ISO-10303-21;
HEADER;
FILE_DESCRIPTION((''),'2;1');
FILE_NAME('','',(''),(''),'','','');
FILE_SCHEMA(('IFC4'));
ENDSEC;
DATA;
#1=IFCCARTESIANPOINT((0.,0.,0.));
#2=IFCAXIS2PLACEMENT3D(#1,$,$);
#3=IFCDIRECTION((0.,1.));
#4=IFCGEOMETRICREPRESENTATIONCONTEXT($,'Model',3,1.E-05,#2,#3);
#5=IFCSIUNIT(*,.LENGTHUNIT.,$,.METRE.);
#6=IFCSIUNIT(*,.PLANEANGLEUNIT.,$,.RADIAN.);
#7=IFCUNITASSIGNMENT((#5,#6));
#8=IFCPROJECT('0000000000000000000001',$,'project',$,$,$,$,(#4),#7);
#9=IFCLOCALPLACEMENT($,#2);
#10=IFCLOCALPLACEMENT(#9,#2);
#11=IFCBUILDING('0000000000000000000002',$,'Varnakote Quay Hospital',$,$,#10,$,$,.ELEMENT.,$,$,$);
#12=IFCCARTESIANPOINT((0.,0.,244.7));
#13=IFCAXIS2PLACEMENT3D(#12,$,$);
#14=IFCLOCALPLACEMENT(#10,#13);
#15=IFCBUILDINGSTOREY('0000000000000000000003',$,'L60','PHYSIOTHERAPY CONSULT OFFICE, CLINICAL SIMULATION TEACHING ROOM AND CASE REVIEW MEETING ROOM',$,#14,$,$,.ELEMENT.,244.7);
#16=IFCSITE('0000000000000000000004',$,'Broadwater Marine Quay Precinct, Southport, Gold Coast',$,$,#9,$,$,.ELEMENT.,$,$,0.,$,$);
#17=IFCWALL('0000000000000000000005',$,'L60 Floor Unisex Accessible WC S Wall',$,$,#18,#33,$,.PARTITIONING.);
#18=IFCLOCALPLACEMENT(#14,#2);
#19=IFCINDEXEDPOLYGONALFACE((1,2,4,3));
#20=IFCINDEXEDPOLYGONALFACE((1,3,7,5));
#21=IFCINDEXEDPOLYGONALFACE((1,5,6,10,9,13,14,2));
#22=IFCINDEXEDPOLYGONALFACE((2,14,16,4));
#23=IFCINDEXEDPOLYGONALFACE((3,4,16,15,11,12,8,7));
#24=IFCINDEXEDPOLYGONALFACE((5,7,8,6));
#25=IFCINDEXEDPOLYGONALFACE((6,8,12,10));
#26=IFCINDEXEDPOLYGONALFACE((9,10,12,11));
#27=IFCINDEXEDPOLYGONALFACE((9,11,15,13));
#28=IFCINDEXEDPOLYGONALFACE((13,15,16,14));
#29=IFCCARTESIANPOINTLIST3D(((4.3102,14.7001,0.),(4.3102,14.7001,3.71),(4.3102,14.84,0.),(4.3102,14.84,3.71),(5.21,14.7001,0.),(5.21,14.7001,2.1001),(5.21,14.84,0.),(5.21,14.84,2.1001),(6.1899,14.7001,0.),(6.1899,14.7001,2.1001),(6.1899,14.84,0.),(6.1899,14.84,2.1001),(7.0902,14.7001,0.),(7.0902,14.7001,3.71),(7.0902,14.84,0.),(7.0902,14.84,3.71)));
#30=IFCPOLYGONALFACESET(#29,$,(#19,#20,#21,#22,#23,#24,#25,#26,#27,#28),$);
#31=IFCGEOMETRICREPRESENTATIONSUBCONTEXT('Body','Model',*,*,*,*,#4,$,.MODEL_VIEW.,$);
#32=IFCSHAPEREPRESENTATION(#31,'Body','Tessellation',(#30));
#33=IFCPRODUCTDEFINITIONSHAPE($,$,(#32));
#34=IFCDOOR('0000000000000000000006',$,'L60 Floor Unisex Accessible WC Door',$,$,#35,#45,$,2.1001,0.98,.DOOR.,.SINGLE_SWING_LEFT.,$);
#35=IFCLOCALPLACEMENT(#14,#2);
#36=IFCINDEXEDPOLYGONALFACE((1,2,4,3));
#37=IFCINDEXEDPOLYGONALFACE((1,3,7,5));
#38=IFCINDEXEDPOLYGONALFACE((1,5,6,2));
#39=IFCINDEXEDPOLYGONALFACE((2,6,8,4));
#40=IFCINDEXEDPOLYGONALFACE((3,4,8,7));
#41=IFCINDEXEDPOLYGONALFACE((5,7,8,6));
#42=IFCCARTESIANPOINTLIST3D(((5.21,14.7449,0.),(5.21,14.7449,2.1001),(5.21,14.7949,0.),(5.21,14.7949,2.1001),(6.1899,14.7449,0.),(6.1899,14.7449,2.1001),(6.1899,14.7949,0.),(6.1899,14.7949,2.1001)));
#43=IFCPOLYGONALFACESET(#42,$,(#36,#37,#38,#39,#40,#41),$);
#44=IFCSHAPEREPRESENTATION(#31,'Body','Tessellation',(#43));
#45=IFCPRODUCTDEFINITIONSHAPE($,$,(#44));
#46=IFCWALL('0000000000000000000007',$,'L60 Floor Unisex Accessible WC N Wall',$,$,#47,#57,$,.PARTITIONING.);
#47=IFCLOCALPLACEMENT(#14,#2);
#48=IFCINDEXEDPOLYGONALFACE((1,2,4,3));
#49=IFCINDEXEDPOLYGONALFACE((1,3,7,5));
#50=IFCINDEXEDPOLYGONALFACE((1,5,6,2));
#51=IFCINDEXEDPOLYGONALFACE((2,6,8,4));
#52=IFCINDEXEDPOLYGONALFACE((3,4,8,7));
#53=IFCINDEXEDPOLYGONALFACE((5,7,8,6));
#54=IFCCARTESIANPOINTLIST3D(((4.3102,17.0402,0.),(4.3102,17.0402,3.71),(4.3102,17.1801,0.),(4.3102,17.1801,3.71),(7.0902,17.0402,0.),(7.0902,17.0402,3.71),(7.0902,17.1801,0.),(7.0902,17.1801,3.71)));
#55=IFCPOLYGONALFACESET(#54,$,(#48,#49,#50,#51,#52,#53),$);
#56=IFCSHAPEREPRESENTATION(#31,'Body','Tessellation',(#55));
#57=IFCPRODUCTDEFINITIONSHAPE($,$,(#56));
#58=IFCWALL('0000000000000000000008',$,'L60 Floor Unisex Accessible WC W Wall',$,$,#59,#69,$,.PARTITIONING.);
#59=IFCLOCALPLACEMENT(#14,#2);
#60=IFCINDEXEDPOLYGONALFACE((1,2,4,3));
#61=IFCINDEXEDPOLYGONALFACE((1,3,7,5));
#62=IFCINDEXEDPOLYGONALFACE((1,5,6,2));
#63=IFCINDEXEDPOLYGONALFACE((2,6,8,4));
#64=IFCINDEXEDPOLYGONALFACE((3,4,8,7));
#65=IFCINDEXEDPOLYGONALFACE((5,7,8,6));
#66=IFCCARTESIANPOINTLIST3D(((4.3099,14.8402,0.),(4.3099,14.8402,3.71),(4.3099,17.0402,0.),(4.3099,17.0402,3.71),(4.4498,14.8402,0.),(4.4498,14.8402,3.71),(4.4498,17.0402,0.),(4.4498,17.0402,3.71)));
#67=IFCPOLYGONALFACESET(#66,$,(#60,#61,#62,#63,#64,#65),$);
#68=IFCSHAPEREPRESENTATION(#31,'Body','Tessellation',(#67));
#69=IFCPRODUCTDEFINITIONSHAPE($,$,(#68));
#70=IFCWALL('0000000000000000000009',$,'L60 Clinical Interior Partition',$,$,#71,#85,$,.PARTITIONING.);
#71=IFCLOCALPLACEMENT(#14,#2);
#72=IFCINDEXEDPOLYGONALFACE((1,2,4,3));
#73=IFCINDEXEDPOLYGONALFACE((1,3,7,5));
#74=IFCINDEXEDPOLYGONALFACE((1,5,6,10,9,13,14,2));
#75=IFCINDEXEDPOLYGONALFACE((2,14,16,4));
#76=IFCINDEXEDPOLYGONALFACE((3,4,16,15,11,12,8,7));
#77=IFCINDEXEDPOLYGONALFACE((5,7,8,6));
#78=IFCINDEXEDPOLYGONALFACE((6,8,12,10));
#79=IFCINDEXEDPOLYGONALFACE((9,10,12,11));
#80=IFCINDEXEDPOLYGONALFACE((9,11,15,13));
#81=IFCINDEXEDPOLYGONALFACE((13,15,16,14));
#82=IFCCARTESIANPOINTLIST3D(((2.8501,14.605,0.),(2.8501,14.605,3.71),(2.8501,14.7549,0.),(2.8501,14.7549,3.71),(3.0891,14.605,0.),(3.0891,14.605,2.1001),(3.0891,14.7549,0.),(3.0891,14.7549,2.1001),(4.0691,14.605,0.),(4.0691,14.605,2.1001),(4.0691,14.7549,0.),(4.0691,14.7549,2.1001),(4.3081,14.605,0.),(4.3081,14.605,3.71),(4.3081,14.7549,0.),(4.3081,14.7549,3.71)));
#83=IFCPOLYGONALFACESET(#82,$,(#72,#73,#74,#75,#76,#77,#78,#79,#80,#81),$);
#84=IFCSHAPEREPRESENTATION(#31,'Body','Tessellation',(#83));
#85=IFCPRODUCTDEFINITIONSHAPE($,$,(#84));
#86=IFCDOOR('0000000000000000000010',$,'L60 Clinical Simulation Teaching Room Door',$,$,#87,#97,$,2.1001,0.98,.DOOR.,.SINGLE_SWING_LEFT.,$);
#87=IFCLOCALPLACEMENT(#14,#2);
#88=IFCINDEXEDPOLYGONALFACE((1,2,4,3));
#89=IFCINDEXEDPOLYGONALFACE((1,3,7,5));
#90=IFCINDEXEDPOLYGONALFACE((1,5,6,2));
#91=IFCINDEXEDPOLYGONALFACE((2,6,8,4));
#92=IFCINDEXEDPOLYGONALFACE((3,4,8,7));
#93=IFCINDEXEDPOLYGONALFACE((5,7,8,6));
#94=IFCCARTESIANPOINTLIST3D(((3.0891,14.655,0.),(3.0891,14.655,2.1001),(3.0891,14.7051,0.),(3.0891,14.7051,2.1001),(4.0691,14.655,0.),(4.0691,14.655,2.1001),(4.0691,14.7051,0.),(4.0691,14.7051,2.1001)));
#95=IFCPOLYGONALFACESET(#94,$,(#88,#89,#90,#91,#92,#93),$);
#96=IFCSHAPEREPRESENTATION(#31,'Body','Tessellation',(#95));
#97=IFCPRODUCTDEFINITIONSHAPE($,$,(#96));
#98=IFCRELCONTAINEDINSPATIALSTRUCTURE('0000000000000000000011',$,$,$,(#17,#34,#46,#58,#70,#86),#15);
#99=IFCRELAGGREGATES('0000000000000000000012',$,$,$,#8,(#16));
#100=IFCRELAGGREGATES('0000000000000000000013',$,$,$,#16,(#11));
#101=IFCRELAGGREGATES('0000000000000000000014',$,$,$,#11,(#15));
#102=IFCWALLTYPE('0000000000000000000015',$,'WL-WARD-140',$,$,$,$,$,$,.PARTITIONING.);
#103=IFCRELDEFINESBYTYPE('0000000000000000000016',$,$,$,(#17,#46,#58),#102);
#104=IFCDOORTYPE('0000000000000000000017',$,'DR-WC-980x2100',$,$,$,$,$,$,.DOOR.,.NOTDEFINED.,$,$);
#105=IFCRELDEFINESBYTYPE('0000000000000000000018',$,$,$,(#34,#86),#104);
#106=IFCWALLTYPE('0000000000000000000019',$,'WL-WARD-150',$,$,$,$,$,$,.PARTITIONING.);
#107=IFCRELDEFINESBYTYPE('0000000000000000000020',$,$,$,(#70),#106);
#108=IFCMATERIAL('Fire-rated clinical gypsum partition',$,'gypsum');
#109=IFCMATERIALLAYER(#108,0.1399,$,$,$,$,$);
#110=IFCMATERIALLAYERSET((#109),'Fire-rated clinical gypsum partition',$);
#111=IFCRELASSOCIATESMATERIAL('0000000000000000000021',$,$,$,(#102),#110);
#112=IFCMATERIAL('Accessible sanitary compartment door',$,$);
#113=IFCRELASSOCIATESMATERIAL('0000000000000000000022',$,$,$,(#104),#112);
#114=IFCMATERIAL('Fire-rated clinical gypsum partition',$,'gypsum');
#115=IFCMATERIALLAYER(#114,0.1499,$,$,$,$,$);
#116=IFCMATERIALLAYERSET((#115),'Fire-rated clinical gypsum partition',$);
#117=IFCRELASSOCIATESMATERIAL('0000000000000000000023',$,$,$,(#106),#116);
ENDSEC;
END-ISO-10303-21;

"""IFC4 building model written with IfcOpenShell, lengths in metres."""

from ifc_helpers import new_model, si_unit, direction, frame, frame_2d, origin, place, context, subcontext, project, spatial, rectangle, extrude, material, layer, layer_set, type_object, element, fill, save


model = new_model("IFC4")

# Units and contexts
model_context = context("Model", 3, precision=1e-05, world=origin(), true_north=direction((0.0, 1.0)))
body_context = subcontext(model_context, "Body", "Model", "MODEL_VIEW")
ifc_project = project(units=[si_unit("LENGTHUNIT", "METRE"), si_unit("PLANEANGLEUNIT", "RADIAN")], contexts=[model_context])

# Site, building, storey
site_placement = place(None, origin())
site = spatial("IfcSite", under=ifc_project, at=site_placement, Name="Broadwater Marine Quay Precinct, Southport, Gold Coast", CompositionType="ELEMENT", RefElevation=0.0)
building_placement = place(site_placement, origin())
building = spatial("IfcBuilding", under=site, at=building_placement, Name="Varnakote Quay Hospital", CompositionType="ELEMENT")
storey_placement = place(building_placement, frame((0.0, 0.0, 244.7)))
storey = spatial("IfcBuildingStorey", under=building, at=storey_placement, Name="L60", Description="PHYSIOTHERAPY CONSULT OFFICE, CLINICAL SIMULATION TEACHING ROOM AND CASE REVIEW MEETING ROOM", CompositionType="ELEMENT", Elevation=244.7)

# Wall, opening, door
ifc_material_1 = material(Name="Fire-rated clinical gypsum partition", Category="gypsum")
ifc_layer_1 = layer(ifc_material_1, 0.1399)
ifc_layer_set_1 = layer_set([ifc_layer_1], Name="Fire-rated clinical gypsum partition")
wall_type_1 = type_object("IfcWallType", Name="WL-WARD-140", PredefinedType="PARTITIONING", material=ifc_layer_set_1)
wall_1_placement = place(storey_placement, frame((4.3101, 14.77, 0.0), z_axis=(0.0, 0.0, 1.0), x_axis=(1.0, 0.0, 0.0)))
wall_1 = element("IfcWall", 1, at=wall_1_placement, inside=storey, type_object=wall_type_1, Name="L60 Floor Unisex Accessible WC S Wall", PredefinedType="PARTITIONING", context=body_context, shape_type="SweptSolid", body=[
    extrude(rectangle(XDim=2.78, YDim=0.1399, at=frame_2d((1.3901, 0.0))), origin(), (0.0, 0.0, 1.0), 3.71),
])
opening_1_placement = place(wall_1_placement, frame((0.8999, 0.0, 0.0)))
opening_1 = element("IfcOpeningElement", 2, at=opening_1_placement, cuts=wall_1, PredefinedType="OPENING", context=body_context, shape_type="SweptSolid", body=[
    extrude(rectangle(XDim=0.98, YDim=2.1001, at=frame_2d((0.49, 1.05))), frame((0.0, 0.0798, 0.0), z_axis=(0.0, -1.0, 0.0), x_axis=(1.0, 0.0, 0.0)), (0.0, 0.0, 1.0), 0.1599),
])
ifc_material_2 = material(Name="Accessible sanitary compartment door")
door_type_1 = type_object("IfcDoorType", Name="DR-WC-980x2100", OperationType="NOTDEFINED", PredefinedType="DOOR", material=ifc_material_2)
door_1_placement = place(opening_1_placement, origin())
door_1 = element("IfcDoor", 3, at=door_1_placement, inside=storey, type_object=door_type_1, Name="L60 Floor Unisex Accessible WC Door", OperationType="SINGLE_SWING_LEFT", OverallHeight=2.1001, OverallWidth=0.98, PredefinedType="DOOR", context=body_context, shape_type="SweptSolid", body=[
    extrude(rectangle(XDim=0.98, YDim=2.1001, at=frame_2d((0.49, 1.05))), frame((0.0, 0.0249, 0.0), z_axis=(0.0, -1.0, 0.0), x_axis=(1.0, 0.0, 0.0)), (0.0, 0.0, 1.0), 0.05),
])
fill(opening_1, door_1)

# Walls
wall_2_placement = place(storey_placement, frame((4.3101, 17.1101, 0.0), z_axis=(0.0, 0.0, 1.0), x_axis=(1.0, 0.0, 0.0)))
element("IfcWall", 4, at=wall_2_placement, inside=storey, type_object=wall_type_1, Name="L60 Floor Unisex Accessible WC N Wall", PredefinedType="PARTITIONING", context=body_context, shape_type="SweptSolid", body=[
    extrude(rectangle(XDim=2.78, YDim=0.1399, at=frame_2d((1.3901, 0.0))), origin(), (0.0, 0.0, 1.0), 3.71),
])
wall_3_placement = place(storey_placement, frame((4.3799, 14.8401, 0.0), z_axis=(0.0, 0.0, 1.0), x_axis=(0.0, 1.0, 0.0)))
element("IfcWall", 5, at=wall_3_placement, inside=storey, type_object=wall_type_1, Name="L60 Floor Unisex Accessible WC W Wall", PredefinedType="PARTITIONING", context=body_context, shape_type="SweptSolid", body=[
    extrude(rectangle(XDim=2.2, YDim=0.1399, at=frame_2d((1.1001, 0.0))), origin(), (0.0, 0.0, 1.0), 3.71),
])

# Wall, opening, door
ifc_material_3 = material(Name="Fire-rated clinical gypsum partition", Category="gypsum")
ifc_layer_2 = layer(ifc_material_3, 0.1499)
ifc_layer_set_2 = layer_set([ifc_layer_2], Name="Fire-rated clinical gypsum partition")
wall_type_2 = type_object("IfcWallType", Name="WL-WARD-150", PredefinedType="PARTITIONING", material=ifc_layer_set_2)
wall_4_placement = place(storey_placement, frame((4.3081, 14.6799, 0.0), z_axis=(0.0, 0.0, 1.0), x_axis=(-1.0, 0.0, 0.0)))
wall_4 = element("IfcWall", 6, at=wall_4_placement, inside=storey, type_object=wall_type_2, Name="L60 Clinical Interior Partition", PredefinedType="PARTITIONING", context=body_context, shape_type="SweptSolid", body=[
    extrude(rectangle(XDim=1.458, YDim=0.1499, at=frame_2d((0.729, 0.0))), origin(), (0.0, 0.0, 1.0), 3.71),
])
opening_2_placement = place(wall_4_placement, frame((0.239, 0.0, 0.0)))
opening_2 = element("IfcOpeningElement", 7, at=opening_2_placement, cuts=wall_4, PredefinedType="OPENING", context=body_context, shape_type="SweptSolid", body=[
    extrude(rectangle(XDim=0.98, YDim=2.1001, at=frame_2d((0.49, 1.05))), frame((0.0, 0.085, 0.0), z_axis=(0.0, -1.0, 0.0), x_axis=(1.0, 0.0, 0.0)), (0.0, 0.0, 1.0), 0.1699),
])
door_2_placement = place(opening_2_placement, origin())
door_2 = element("IfcDoor", 8, at=door_2_placement, inside=storey, type_object=door_type_1, Name="L60 Clinical Simulation Teaching Room Door", OperationType="SINGLE_SWING_LEFT", OverallHeight=2.1001, OverallWidth=0.98, PredefinedType="DOOR", context=body_context, shape_type="SweptSolid", body=[
    extrude(rectangle(XDim=0.98, YDim=2.1001, at=frame_2d((0.49, 1.05))), frame((0.0, 0.0249, 0.0), z_axis=(0.0, -1.0, 0.0), x_axis=(1.0, 0.0, 0.0)), (0.0, 0.0, 1.0), 0.05),
])
fill(opening_2, door_2)

save(model, "model.ifc")
